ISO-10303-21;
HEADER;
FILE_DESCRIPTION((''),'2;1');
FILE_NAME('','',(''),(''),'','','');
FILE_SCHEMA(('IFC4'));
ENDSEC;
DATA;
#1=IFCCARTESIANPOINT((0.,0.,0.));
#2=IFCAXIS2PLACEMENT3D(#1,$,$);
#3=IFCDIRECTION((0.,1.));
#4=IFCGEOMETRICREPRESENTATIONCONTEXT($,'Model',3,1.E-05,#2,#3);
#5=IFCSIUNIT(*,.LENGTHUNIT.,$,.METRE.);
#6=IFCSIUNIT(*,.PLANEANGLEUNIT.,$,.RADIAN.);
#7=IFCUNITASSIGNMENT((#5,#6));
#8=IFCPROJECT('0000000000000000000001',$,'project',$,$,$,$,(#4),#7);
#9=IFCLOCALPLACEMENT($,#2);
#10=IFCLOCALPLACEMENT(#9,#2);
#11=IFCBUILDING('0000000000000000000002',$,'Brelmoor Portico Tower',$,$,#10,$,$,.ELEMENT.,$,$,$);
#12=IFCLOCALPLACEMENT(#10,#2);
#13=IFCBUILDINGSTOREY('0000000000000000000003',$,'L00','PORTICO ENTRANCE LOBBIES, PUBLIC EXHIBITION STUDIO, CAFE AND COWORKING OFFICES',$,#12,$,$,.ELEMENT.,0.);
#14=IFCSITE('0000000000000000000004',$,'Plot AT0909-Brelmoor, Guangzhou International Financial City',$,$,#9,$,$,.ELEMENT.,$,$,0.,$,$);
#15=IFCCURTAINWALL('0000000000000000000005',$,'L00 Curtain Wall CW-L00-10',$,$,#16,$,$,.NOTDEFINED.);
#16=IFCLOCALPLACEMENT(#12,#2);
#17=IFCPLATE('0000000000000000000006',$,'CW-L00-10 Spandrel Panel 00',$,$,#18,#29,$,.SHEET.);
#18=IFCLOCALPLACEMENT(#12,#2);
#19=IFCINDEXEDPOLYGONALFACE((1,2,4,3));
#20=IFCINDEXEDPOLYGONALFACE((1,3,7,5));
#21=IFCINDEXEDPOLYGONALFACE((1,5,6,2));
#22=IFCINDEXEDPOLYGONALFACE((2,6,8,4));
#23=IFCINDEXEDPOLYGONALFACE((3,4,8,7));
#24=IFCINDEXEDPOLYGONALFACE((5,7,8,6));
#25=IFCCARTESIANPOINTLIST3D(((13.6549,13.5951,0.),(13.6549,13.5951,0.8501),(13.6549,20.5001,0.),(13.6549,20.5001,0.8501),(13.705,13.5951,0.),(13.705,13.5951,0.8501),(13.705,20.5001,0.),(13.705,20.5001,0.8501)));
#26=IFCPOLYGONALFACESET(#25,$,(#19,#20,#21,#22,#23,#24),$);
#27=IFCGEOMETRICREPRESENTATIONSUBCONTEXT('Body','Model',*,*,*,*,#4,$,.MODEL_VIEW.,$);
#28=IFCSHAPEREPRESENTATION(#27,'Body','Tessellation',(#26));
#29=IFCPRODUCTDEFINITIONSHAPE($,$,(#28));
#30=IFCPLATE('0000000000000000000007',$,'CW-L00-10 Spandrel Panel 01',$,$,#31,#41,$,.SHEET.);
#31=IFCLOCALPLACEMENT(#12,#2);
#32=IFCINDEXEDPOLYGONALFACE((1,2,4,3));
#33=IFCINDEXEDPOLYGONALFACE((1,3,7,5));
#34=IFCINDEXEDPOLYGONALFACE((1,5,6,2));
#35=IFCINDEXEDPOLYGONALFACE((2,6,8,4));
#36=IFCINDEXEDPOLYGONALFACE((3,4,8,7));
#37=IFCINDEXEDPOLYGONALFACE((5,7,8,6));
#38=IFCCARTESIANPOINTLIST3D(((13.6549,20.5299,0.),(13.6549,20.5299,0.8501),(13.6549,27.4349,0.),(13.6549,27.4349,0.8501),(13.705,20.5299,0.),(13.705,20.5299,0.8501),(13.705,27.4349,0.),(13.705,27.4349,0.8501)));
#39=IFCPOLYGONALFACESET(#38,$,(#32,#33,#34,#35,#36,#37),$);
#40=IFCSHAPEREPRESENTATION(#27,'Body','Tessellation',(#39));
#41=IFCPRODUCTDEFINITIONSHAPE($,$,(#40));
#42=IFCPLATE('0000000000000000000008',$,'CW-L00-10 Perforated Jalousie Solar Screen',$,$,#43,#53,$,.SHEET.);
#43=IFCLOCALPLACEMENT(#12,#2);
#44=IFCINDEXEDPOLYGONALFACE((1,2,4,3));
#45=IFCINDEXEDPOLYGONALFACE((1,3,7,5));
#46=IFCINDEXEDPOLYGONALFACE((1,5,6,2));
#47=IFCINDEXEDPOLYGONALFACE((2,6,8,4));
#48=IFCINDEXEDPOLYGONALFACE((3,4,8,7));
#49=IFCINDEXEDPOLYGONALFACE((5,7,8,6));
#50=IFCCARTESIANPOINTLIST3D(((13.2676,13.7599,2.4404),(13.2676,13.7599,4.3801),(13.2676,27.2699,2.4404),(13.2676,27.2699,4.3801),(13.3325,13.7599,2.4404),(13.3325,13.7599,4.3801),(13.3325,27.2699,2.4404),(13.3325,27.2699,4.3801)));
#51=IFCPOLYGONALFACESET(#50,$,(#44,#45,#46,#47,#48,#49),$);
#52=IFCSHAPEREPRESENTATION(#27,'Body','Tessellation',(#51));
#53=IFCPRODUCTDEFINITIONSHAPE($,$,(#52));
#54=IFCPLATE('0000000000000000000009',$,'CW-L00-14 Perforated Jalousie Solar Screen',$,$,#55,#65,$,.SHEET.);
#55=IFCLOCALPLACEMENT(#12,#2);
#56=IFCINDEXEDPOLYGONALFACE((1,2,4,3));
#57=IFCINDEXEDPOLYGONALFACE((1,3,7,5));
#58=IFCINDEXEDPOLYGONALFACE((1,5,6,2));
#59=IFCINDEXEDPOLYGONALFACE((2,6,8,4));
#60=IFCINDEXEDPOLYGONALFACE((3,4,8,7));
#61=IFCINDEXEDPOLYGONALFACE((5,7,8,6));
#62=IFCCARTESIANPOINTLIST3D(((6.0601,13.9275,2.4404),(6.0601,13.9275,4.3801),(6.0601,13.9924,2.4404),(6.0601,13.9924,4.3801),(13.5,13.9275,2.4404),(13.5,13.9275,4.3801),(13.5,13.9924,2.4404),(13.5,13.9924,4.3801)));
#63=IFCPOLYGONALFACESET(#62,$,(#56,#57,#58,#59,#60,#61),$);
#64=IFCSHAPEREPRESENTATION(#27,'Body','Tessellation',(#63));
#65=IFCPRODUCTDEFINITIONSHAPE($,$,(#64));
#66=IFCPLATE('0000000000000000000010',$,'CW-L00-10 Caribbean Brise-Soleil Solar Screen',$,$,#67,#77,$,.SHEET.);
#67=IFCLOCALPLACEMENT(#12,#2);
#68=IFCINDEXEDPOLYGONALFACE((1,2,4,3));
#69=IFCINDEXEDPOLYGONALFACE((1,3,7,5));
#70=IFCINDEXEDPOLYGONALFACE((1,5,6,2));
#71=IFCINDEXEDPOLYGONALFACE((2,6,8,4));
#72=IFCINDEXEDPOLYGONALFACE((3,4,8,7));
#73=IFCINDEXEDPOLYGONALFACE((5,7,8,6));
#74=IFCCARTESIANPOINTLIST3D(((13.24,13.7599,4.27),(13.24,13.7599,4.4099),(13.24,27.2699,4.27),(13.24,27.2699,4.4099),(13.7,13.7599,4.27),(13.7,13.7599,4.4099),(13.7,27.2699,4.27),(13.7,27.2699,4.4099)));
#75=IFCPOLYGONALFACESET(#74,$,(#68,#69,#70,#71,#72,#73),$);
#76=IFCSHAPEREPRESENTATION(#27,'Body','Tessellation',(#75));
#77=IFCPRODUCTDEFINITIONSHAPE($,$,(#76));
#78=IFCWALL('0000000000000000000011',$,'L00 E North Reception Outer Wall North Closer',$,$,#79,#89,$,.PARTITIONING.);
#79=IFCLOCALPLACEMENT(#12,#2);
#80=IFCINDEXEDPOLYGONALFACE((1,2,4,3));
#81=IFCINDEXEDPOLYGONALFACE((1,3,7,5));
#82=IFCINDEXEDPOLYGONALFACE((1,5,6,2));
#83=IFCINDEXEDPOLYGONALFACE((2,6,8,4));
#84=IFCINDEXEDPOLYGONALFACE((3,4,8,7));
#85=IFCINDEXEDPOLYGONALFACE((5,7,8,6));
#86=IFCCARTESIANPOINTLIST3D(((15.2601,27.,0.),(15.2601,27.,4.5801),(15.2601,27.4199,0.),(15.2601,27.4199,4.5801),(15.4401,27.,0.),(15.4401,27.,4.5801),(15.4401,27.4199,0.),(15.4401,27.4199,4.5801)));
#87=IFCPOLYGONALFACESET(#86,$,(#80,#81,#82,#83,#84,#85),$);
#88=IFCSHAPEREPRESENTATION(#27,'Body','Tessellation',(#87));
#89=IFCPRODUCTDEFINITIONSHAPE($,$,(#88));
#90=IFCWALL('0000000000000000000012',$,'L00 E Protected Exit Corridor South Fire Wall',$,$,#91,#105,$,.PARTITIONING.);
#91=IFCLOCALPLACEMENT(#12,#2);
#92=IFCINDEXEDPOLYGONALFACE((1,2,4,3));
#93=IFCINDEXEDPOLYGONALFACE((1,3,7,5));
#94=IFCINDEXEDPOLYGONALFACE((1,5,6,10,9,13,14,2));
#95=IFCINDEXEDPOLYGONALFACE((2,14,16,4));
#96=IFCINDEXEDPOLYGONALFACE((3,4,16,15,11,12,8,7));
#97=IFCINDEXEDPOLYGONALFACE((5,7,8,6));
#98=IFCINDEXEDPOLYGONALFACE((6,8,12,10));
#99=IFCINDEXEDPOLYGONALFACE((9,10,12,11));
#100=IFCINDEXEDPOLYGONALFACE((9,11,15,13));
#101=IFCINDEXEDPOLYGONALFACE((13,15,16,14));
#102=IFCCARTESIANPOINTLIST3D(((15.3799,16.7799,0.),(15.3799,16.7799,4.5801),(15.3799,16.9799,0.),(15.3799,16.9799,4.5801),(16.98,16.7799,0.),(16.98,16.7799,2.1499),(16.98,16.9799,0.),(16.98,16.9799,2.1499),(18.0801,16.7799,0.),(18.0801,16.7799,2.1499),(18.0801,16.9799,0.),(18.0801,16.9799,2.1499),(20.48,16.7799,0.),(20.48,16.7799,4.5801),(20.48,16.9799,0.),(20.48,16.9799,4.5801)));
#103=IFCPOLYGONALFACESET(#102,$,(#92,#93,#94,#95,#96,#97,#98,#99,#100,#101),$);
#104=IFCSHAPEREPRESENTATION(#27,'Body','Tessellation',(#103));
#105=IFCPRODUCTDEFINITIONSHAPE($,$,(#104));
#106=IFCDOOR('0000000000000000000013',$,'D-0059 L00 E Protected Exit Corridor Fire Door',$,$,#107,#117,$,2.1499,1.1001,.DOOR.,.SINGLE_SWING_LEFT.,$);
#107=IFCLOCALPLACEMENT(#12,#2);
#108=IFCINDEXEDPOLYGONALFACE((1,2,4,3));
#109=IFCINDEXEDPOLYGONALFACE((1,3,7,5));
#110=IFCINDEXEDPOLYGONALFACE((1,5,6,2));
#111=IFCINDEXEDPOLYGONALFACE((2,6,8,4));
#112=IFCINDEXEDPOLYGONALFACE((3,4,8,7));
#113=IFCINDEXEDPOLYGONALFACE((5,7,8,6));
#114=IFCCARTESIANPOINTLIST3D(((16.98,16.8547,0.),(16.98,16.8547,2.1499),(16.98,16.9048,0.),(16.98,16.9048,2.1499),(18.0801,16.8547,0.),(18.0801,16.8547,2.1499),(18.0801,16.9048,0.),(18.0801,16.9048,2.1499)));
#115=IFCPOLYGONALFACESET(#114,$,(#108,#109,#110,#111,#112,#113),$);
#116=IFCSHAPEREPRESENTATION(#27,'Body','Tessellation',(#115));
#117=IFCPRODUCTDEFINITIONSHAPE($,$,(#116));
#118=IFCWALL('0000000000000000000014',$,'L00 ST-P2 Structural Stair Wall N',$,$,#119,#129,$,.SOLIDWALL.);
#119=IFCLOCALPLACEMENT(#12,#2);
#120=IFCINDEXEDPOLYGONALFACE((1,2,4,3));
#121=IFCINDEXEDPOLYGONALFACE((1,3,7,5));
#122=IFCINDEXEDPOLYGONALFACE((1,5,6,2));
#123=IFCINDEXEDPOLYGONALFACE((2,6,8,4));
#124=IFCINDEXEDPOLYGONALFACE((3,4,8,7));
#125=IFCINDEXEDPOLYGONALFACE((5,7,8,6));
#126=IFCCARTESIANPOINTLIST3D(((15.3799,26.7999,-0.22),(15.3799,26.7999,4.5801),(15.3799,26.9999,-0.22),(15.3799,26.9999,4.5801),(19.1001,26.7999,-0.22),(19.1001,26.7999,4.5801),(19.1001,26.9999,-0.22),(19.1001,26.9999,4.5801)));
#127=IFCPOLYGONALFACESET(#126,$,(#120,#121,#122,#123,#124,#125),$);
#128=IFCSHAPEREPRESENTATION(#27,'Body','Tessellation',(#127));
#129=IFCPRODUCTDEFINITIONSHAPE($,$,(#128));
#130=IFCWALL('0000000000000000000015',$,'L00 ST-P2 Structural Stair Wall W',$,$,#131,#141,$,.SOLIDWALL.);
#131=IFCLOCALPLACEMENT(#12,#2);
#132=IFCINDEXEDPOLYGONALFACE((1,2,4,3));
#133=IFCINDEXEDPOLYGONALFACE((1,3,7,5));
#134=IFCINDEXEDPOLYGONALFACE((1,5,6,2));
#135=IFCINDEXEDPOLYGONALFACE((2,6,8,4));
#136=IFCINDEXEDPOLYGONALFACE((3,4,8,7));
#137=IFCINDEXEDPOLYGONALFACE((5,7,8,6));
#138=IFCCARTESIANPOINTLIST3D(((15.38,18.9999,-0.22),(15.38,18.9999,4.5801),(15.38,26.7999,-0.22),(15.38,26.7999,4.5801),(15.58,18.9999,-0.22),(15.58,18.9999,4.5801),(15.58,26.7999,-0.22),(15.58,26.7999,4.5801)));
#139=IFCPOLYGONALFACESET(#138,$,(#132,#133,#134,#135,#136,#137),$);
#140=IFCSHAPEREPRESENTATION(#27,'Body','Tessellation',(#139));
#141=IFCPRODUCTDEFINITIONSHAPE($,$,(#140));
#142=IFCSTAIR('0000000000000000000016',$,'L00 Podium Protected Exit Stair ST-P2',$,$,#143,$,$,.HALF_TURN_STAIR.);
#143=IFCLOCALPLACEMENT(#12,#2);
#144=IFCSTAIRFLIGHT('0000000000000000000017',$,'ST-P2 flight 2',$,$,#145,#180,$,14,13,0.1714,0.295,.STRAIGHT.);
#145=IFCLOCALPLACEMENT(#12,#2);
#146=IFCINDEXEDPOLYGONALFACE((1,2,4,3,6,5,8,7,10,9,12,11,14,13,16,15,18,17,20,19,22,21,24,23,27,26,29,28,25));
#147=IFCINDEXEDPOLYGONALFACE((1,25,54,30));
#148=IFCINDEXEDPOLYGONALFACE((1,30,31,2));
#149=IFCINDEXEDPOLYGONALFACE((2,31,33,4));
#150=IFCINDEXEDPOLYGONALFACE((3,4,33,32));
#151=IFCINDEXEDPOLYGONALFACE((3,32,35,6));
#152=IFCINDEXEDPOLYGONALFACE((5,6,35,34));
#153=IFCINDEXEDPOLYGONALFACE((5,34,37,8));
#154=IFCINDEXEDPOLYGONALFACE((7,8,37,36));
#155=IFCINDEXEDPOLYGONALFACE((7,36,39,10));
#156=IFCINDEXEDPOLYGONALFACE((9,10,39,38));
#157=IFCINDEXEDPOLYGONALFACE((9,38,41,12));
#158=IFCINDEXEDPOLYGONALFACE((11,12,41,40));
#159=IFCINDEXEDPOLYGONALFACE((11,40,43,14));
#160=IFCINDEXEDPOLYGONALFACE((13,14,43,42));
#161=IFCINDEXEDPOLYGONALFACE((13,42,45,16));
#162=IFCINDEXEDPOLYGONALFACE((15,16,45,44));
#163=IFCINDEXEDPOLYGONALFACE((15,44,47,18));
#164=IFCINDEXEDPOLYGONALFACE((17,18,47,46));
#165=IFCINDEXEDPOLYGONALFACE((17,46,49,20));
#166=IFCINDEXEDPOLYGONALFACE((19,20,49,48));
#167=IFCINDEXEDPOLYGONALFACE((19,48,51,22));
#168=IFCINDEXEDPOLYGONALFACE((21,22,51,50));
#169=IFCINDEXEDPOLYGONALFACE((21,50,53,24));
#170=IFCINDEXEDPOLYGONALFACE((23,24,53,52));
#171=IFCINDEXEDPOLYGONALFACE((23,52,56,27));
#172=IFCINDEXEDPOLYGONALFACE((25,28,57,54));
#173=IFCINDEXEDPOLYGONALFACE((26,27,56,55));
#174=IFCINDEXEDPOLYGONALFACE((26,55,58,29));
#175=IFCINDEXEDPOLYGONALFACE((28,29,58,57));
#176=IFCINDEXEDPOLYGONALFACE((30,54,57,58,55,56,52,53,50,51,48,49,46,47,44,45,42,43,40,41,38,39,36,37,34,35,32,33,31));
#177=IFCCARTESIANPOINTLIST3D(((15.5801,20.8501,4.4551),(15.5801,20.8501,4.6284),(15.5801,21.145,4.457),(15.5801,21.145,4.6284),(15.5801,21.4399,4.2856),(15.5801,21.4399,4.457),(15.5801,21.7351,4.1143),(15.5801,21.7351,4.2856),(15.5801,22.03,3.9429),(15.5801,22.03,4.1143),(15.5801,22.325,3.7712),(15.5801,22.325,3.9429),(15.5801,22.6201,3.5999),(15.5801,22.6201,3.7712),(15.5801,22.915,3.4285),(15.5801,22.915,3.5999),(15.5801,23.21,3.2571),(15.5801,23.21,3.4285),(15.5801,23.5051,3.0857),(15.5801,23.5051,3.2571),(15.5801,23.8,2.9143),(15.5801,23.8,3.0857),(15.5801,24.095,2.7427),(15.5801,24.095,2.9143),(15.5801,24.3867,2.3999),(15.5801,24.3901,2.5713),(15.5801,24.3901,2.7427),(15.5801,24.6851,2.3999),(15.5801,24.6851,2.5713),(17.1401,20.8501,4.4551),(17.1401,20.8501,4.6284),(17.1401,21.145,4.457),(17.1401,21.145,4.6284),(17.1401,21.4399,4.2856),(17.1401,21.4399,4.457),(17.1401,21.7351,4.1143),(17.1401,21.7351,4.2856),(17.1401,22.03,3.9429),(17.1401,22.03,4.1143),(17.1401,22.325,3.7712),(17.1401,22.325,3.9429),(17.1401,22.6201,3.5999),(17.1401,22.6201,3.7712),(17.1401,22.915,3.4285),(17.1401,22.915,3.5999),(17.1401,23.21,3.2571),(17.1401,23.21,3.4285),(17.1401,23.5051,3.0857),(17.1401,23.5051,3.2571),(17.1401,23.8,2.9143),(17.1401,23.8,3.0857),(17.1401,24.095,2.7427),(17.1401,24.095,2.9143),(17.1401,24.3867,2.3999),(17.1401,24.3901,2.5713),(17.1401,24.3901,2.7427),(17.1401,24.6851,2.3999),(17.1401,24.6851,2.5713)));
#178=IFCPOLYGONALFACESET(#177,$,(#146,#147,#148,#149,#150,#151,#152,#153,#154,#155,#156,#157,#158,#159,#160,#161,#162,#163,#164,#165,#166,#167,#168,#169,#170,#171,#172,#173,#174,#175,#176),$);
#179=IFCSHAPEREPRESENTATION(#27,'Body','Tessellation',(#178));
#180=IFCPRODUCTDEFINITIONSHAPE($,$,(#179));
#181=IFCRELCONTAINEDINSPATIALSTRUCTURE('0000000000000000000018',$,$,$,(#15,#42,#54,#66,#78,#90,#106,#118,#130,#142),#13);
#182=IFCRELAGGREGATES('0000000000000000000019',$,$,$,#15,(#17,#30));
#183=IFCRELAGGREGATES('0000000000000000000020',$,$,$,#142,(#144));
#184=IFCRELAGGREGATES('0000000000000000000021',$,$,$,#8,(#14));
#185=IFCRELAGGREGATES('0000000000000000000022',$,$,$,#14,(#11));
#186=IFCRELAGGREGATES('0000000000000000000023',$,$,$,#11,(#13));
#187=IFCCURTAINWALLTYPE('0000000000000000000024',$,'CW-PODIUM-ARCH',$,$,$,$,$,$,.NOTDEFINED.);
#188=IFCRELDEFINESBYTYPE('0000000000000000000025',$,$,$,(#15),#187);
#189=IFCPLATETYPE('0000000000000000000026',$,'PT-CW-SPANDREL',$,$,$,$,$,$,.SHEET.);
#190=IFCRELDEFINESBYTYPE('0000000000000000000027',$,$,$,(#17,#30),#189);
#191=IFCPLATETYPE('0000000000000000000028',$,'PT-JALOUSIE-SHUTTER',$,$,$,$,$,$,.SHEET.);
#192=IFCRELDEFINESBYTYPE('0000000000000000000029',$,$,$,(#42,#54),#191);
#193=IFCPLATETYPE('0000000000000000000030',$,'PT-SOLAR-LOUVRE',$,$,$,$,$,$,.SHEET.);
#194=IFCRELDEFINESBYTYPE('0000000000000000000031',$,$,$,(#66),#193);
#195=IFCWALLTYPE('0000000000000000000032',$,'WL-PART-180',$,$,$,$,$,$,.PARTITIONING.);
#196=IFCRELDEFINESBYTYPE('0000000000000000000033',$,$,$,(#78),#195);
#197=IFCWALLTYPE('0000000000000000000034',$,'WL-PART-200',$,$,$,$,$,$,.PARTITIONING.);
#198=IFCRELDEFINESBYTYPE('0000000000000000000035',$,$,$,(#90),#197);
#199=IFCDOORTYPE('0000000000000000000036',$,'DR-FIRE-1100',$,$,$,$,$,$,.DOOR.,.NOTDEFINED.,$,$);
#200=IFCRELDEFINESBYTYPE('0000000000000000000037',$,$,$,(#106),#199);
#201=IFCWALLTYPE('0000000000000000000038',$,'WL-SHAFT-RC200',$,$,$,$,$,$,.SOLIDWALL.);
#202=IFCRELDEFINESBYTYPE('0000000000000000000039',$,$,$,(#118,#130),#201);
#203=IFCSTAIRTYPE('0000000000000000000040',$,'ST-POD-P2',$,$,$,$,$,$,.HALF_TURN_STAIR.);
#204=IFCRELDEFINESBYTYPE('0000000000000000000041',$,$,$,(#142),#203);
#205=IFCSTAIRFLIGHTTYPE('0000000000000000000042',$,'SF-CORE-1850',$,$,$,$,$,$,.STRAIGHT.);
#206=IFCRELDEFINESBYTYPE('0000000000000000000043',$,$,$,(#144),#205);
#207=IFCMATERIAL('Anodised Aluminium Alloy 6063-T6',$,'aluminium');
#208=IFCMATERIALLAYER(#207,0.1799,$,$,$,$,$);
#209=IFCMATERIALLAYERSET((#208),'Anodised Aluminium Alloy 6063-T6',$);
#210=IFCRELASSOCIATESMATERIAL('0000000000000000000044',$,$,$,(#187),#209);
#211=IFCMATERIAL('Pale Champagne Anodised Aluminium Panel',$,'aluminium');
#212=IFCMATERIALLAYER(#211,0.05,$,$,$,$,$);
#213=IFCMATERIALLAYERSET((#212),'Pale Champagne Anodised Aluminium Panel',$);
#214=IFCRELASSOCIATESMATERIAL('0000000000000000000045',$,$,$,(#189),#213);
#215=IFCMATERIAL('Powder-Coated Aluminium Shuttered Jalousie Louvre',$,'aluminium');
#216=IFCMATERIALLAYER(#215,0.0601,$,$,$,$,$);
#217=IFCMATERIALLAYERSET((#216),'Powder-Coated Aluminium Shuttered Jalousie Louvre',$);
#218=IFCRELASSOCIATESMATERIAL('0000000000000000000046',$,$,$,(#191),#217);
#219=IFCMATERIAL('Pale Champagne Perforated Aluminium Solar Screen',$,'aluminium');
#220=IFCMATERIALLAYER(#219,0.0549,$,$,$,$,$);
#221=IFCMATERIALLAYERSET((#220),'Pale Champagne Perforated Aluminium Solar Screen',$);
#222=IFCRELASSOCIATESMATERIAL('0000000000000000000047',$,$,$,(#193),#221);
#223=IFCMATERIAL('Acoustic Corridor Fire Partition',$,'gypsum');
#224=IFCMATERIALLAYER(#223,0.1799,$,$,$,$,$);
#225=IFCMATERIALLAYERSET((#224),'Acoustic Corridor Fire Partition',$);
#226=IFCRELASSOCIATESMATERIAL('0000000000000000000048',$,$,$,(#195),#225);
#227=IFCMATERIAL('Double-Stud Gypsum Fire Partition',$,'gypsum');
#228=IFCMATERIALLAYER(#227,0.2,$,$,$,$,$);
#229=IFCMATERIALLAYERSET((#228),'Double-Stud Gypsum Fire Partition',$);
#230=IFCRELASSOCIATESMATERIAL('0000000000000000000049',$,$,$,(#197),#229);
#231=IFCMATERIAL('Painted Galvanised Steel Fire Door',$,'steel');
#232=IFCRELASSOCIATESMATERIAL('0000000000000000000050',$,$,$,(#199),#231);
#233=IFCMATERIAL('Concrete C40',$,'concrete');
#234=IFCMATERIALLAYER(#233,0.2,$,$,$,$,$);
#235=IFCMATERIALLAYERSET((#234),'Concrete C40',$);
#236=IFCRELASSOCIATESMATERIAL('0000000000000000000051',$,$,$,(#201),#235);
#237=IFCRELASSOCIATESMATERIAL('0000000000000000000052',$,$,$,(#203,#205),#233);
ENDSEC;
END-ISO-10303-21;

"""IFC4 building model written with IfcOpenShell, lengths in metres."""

from ifc_helpers import new_model, si_unit, direction, frame, frame_2d, origin, origin_2d, place, context, subcontext, project, spatial, polyline, rectangle, outline, extrude, material, layer, layer_set, type_object, element, fill, aggregate, save


model = new_model("IFC4")

# Units and contexts
model_context = context("Model", 3, precision=1e-05, world=origin(), true_north=direction((0.0, 1.0)))
body_context = subcontext(model_context, "Body", "Model", "MODEL_VIEW")
ifc_project = project(units=[si_unit("LENGTHUNIT", "METRE"), si_unit("PLANEANGLEUNIT", "RADIAN")], contexts=[model_context])

# Site, building, storey
site_placement = place(None, origin())
site = spatial("IfcSite", under=ifc_project, at=site_placement, Name="Plot AT0909-Brelmoor, Guangzhou International Financial City", CompositionType="ELEMENT", RefElevation=0.0)
building_placement = place(site_placement, origin())
building = spatial("IfcBuilding", under=site, at=building_placement, Name="Brelmoor Portico Tower", CompositionType="ELEMENT")
storey_placement = place(building_placement, origin())
storey = spatial("IfcBuildingStorey", under=building, at=storey_placement, Name="L00", Description="PORTICO ENTRANCE LOBBIES, PUBLIC EXHIBITION STUDIO, CAFE AND COWORKING OFFICES", CompositionType="ELEMENT", Elevation=0.0)

# Shared definitions
ifc_material_1 = material(Name="Anodised Aluminium Alloy 6063-T6", Category="aluminium")
ifc_layer_1 = layer(ifc_material_1, 0.1799)
ifc_layer_set_1 = layer_set([ifc_layer_1], Name="Anodised Aluminium Alloy 6063-T6")
curtain_wall_type = type_object("IfcCurtainWallType", Name="CW-PODIUM-ARCH", PredefinedType="NOTDEFINED", material=ifc_layer_set_1)

# Curtain wall
curtain_wall_1_placement = place(storey_placement, origin())
curtain_wall_1 = element("IfcCurtainWall", 1, at=curtain_wall_1_placement, inside=storey, type_object=curtain_wall_type, Name="L00 Curtain Wall CW-L00-10", PredefinedType="NOTDEFINED")

# Plates
ifc_material_2 = material(Name="Pale Champagne Anodised Aluminium Panel", Category="aluminium")
ifc_layer_2 = layer(ifc_material_2, 0.05)
ifc_layer_set_2 = layer_set([ifc_layer_2], Name="Pale Champagne Anodised Aluminium Panel")
plate_type_1 = type_object("IfcPlateType", Name="PT-CW-SPANDREL", PredefinedType="SHEET", material=ifc_layer_set_2)
plate_1_placement = place(storey_placement, frame((13.6799, 17.0476, 0.0), z_axis=(0.0, 0.0, 1.0), x_axis=(0.0, 1.0, 0.0)))
plate_1 = element("IfcPlate", 2, at=plate_1_placement, type_object=plate_type_1, Name="CW-L00-10 Spandrel Panel 00", PredefinedType="SHEET", context=body_context, shape_type="SweptSolid", body=[
    extrude(rectangle(XDim=6.905, YDim=0.05, at=origin_2d()), origin(), (0.0, 0.0, 1.0), 0.8501),
])
plate_2_placement = place(storey_placement, frame((13.6799, 23.9824, 0.0), z_axis=(0.0, 0.0, 1.0), x_axis=(0.0, 1.0, 0.0)))
plate_2 = element("IfcPlate", 3, at=plate_2_placement, type_object=plate_type_1, Name="CW-L00-10 Spandrel Panel 01", PredefinedType="SHEET", context=body_context, shape_type="SweptSolid", body=[
    extrude(rectangle(XDim=6.905, YDim=0.05, at=origin_2d()), origin(), (0.0, 0.0, 1.0), 0.8501),
])
aggregate(curtain_wall_1, [plate_1, plate_2])

# Plates
ifc_material_3 = material(Name="Powder-Coated Aluminium Shuttered Jalousie Louvre", Category="aluminium")
ifc_layer_3 = layer(ifc_material_3, 0.0601)
ifc_layer_set_3 = layer_set([ifc_layer_3], Name="Powder-Coated Aluminium Shuttered Jalousie Louvre")
plate_type_2 = type_object("IfcPlateType", Name="PT-JALOUSIE-SHUTTER", PredefinedType="SHEET", material=ifc_layer_set_3)
plate_3_placement = place(storey_placement, frame((13.3, 20.5149, 2.4404), z_axis=(0.0, 0.0, 1.0), x_axis=(0.0, 1.0, 0.0)))
element("IfcPlate", 4, at=plate_3_placement, inside=storey, type_object=plate_type_2, Name="CW-L00-10 Perforated Jalousie Solar Screen", PredefinedType="SHEET", context=body_context, shape_type="SweptSolid", body=[
    extrude(rectangle(XDim=13.51, YDim=0.0649, at=origin_2d()), origin(), (0.0, 0.0, 1.0), 1.9397),
])
plate_4_placement = place(storey_placement, frame((9.78, 13.96, 2.4404), z_axis=(0.0, 0.0, 1.0), x_axis=(1.0, 0.0, 0.0)))
element("IfcPlate", 5, at=plate_4_placement, inside=storey, type_object=plate_type_2, Name="CW-L00-14 Perforated Jalousie Solar Screen", PredefinedType="SHEET", context=body_context, shape_type="SweptSolid", body=[
    extrude(rectangle(XDim=7.4399, YDim=0.0649, at=origin_2d()), origin(), (0.0, 0.0, 1.0), 1.9397),
])
ifc_material_4 = material(Name="Pale Champagne Perforated Aluminium Solar Screen", Category="aluminium")
ifc_layer_4 = layer(ifc_material_4, 0.0549)
ifc_layer_set_4 = layer_set([ifc_layer_4], Name="Pale Champagne Perforated Aluminium Solar Screen")
plate_type_3 = type_object("IfcPlateType", Name="PT-SOLAR-LOUVRE", PredefinedType="SHEET", material=ifc_layer_set_4)
plate_5_placement = place(storey_placement, frame((13.47, 20.5149, 4.27), z_axis=(0.0, 0.0, 1.0), x_axis=(0.0, 1.0, 0.0)))
element("IfcPlate", 6, at=plate_5_placement, inside=storey, type_object=plate_type_3, Name="CW-L00-10 Caribbean Brise-Soleil Solar Screen", PredefinedType="SHEET", context=body_context, shape_type="SweptSolid", body=[
    extrude(rectangle(XDim=13.51, YDim=0.46, at=origin_2d()), origin(), (0.0, 0.0, 1.0), 0.1399),
])

# Wall
ifc_material_5 = material(Name="Acoustic Corridor Fire Partition", Category="gypsum")
ifc_layer_5 = layer(ifc_material_5, 0.1799)
ifc_layer_set_5 = layer_set([ifc_layer_5], Name="Acoustic Corridor Fire Partition")
wall_type_1 = type_object("IfcWallType", Name="WL-PART-180", PredefinedType="PARTITIONING", material=ifc_layer_set_5)
wall_1_placement = place(storey_placement, frame((15.3501, 27.0, 0.0), z_axis=(0.0, 0.0, 1.0), x_axis=(0.0, 1.0, 0.0)))
element("IfcWall", 7, at=wall_1_placement, inside=storey, type_object=wall_type_1, Name="L00 E North Reception Outer Wall North Closer", PredefinedType="PARTITIONING", context=body_context, shape_type="SweptSolid", body=[
    extrude(rectangle(XDim=0.4199, YDim=0.1799, at=frame_2d((0.21, 0.0))), origin(), (0.0, 0.0, 1.0), 4.5801),
])

# Wall, opening, door
ifc_material_6 = material(Name="Double-Stud Gypsum Fire Partition", Category="gypsum")
ifc_layer_6 = layer(ifc_material_6, 0.2)
ifc_layer_set_6 = layer_set([ifc_layer_6], Name="Double-Stud Gypsum Fire Partition")
wall_type_2 = type_object("IfcWallType", Name="WL-PART-200", PredefinedType="PARTITIONING", material=ifc_layer_set_6)
wall_2_placement = place(storey_placement, frame((15.3799, 16.8799, 0.0), z_axis=(0.0, 0.0, 1.0), x_axis=(1.0, 0.0, 0.0)))
wall_2 = element("IfcWall", 8, at=wall_2_placement, inside=storey, type_object=wall_type_2, Name="L00 E Protected Exit Corridor South Fire Wall", PredefinedType="PARTITIONING", context=body_context, shape_type="SweptSolid", body=[
    extrude(rectangle(XDim=5.1001, YDim=0.2, at=frame_2d((2.55, 0.0))), origin(), (0.0, 0.0, 1.0), 4.5801),
])
opening_placement = place(wall_2_placement, frame((1.6001, 0.0, 0.0)))
opening = element("IfcOpeningElement", 9, at=opening_placement, cuts=wall_2, PredefinedType="OPENING", context=body_context, shape_type="SweptSolid", body=[
    extrude(rectangle(XDim=1.1001, YDim=2.1499, at=frame_2d((0.55, 1.075))), frame((0.0, 0.1099, 0.0), z_axis=(0.0, -1.0, 0.0), x_axis=(1.0, 0.0, 0.0)), (0.0, 0.0, 1.0), 0.22),
])
ifc_material_7 = material(Name="Painted Galvanised Steel Fire Door", Category="steel")
door_type = type_object("IfcDoorType", Name="DR-FIRE-1100", OperationType="NOTDEFINED", PredefinedType="DOOR", material=ifc_material_7)
door_placement = place(opening_placement, origin())
door = element("IfcDoor", 10, at=door_placement, inside=storey, type_object=door_type, Name="D-0059 L00 E Protected Exit Corridor Fire Door", OperationType="SINGLE_SWING_LEFT", OverallHeight=2.1499, OverallWidth=1.1001, PredefinedType="DOOR", context=body_context, shape_type="SweptSolid", body=[
    extrude(rectangle(XDim=1.1001, YDim=2.1499, at=frame_2d((0.55, 1.075))), frame((0.0, 0.0249, 0.0), z_axis=(0.0, -1.0, 0.0), x_axis=(1.0, 0.0, 0.0)), (0.0, 0.0, 1.0), 0.05),
])
fill(opening, door)

# Walls
ifc_material_8 = material(Name="Concrete C40", Category="concrete")
ifc_layer_7 = layer(ifc_material_8, 0.2)
ifc_layer_set_7 = layer_set([ifc_layer_7], Name="Concrete C40")
wall_type_3 = type_object("IfcWallType", Name="WL-SHAFT-RC200", PredefinedType="SOLIDWALL", material=ifc_layer_set_7)
wall_3_placement = place(storey_placement, frame((15.3799, 26.8999, -0.22), z_axis=(0.0, 0.0, 1.0), x_axis=(1.0, 0.0, 0.0)))
element("IfcWall", 11, at=wall_3_placement, inside=storey, type_object=wall_type_3, Name="L00 ST-P2 Structural Stair Wall N", PredefinedType="SOLIDWALL", context=body_context, shape_type="SweptSolid", body=[
    extrude(rectangle(XDim=3.7202, YDim=0.2, at=frame_2d((1.8601, 0.0))), origin(), (0.0, 0.0, 1.0), 4.8),
])
wall_4_placement = place(storey_placement, frame((15.48, 19.0, -0.22), z_axis=(0.0, 0.0, 1.0), x_axis=(0.0, 1.0, 0.0)))
element("IfcWall", 12, at=wall_4_placement, inside=storey, type_object=wall_type_3, Name="L00 ST-P2 Structural Stair Wall W", PredefinedType="SOLIDWALL", context=body_context, shape_type="SweptSolid", body=[
    extrude(rectangle(XDim=7.8, YDim=0.2, at=frame_2d((3.8999, 0.0))), origin(), (0.0, 0.0, 1.0), 4.8),
])

# Stair, stair flight
stair_type = type_object("IfcStairType", Name="ST-POD-P2", PredefinedType="HALF_TURN_STAIR", material=ifc_material_8)
stair_placement = place(storey_placement, origin())
stair = element("IfcStair", 13, at=stair_placement, inside=storey, type_object=stair_type, Name="L00 Podium Protected Exit Stair ST-P2", PredefinedType="HALF_TURN_STAIR")
stair_flight_type = type_object("IfcStairFlightType", Name="SF-CORE-1850", PredefinedType="STRAIGHT", material=ifc_material_8)
stair_flight_placement = place(storey_placement, frame((16.3601, 24.6851, 2.3999), z_axis=(0.0, 0.0, 1.0), x_axis=(0.0, -1.0, 0.0)))
stair_flight = element("IfcStairFlight", 14, at=stair_flight_placement, type_object=stair_flight_type, Name="ST-P2 flight 2", NumberOfRisers=14, NumberOfTreads=13, PredefinedType="STRAIGHT", RiserHeight=0.1714, TreadLength=0.295, context=body_context, shape_type="SweptSolid", body=[
    extrude(outline(polyline([(0.0, 0.0), (0.0, 0.1714), (0.2949, 0.1714), (0.2949, 0.3428), (0.5901, 0.3428), (0.5901, 0.5144), (0.885, 0.5144), (0.885, 0.6858), (1.1799, 0.6858), (1.1799, 0.8572), (1.4751, 0.8572), (1.4751, 1.0286), (1.77, 1.0286), (1.77, 1.2), (2.0649, 1.2), (2.0649, 1.3713), (2.3601, 1.3713), (2.3601, 1.543), (2.655, 1.543), (2.655, 1.7144), (2.95, 1.7144), (2.95, 1.8857), (3.2451, 1.8857), (3.2451, 2.0571), (3.54, 2.0571), (3.54, 2.2285), (3.835, 2.2285), (3.835, 2.3999), (3.835, 2.0552), (0.2983, 0.0), (0.0, 0.0)])), frame((0.0, 0.78, 0.0), z_axis=(0.0, -1.0, 0.0), x_axis=(1.0, 0.0, 0.0)), (0.0, 0.0, 1.0), 1.5601),
])
aggregate(stair, [stair_flight])

save(model, "model.ifc")
